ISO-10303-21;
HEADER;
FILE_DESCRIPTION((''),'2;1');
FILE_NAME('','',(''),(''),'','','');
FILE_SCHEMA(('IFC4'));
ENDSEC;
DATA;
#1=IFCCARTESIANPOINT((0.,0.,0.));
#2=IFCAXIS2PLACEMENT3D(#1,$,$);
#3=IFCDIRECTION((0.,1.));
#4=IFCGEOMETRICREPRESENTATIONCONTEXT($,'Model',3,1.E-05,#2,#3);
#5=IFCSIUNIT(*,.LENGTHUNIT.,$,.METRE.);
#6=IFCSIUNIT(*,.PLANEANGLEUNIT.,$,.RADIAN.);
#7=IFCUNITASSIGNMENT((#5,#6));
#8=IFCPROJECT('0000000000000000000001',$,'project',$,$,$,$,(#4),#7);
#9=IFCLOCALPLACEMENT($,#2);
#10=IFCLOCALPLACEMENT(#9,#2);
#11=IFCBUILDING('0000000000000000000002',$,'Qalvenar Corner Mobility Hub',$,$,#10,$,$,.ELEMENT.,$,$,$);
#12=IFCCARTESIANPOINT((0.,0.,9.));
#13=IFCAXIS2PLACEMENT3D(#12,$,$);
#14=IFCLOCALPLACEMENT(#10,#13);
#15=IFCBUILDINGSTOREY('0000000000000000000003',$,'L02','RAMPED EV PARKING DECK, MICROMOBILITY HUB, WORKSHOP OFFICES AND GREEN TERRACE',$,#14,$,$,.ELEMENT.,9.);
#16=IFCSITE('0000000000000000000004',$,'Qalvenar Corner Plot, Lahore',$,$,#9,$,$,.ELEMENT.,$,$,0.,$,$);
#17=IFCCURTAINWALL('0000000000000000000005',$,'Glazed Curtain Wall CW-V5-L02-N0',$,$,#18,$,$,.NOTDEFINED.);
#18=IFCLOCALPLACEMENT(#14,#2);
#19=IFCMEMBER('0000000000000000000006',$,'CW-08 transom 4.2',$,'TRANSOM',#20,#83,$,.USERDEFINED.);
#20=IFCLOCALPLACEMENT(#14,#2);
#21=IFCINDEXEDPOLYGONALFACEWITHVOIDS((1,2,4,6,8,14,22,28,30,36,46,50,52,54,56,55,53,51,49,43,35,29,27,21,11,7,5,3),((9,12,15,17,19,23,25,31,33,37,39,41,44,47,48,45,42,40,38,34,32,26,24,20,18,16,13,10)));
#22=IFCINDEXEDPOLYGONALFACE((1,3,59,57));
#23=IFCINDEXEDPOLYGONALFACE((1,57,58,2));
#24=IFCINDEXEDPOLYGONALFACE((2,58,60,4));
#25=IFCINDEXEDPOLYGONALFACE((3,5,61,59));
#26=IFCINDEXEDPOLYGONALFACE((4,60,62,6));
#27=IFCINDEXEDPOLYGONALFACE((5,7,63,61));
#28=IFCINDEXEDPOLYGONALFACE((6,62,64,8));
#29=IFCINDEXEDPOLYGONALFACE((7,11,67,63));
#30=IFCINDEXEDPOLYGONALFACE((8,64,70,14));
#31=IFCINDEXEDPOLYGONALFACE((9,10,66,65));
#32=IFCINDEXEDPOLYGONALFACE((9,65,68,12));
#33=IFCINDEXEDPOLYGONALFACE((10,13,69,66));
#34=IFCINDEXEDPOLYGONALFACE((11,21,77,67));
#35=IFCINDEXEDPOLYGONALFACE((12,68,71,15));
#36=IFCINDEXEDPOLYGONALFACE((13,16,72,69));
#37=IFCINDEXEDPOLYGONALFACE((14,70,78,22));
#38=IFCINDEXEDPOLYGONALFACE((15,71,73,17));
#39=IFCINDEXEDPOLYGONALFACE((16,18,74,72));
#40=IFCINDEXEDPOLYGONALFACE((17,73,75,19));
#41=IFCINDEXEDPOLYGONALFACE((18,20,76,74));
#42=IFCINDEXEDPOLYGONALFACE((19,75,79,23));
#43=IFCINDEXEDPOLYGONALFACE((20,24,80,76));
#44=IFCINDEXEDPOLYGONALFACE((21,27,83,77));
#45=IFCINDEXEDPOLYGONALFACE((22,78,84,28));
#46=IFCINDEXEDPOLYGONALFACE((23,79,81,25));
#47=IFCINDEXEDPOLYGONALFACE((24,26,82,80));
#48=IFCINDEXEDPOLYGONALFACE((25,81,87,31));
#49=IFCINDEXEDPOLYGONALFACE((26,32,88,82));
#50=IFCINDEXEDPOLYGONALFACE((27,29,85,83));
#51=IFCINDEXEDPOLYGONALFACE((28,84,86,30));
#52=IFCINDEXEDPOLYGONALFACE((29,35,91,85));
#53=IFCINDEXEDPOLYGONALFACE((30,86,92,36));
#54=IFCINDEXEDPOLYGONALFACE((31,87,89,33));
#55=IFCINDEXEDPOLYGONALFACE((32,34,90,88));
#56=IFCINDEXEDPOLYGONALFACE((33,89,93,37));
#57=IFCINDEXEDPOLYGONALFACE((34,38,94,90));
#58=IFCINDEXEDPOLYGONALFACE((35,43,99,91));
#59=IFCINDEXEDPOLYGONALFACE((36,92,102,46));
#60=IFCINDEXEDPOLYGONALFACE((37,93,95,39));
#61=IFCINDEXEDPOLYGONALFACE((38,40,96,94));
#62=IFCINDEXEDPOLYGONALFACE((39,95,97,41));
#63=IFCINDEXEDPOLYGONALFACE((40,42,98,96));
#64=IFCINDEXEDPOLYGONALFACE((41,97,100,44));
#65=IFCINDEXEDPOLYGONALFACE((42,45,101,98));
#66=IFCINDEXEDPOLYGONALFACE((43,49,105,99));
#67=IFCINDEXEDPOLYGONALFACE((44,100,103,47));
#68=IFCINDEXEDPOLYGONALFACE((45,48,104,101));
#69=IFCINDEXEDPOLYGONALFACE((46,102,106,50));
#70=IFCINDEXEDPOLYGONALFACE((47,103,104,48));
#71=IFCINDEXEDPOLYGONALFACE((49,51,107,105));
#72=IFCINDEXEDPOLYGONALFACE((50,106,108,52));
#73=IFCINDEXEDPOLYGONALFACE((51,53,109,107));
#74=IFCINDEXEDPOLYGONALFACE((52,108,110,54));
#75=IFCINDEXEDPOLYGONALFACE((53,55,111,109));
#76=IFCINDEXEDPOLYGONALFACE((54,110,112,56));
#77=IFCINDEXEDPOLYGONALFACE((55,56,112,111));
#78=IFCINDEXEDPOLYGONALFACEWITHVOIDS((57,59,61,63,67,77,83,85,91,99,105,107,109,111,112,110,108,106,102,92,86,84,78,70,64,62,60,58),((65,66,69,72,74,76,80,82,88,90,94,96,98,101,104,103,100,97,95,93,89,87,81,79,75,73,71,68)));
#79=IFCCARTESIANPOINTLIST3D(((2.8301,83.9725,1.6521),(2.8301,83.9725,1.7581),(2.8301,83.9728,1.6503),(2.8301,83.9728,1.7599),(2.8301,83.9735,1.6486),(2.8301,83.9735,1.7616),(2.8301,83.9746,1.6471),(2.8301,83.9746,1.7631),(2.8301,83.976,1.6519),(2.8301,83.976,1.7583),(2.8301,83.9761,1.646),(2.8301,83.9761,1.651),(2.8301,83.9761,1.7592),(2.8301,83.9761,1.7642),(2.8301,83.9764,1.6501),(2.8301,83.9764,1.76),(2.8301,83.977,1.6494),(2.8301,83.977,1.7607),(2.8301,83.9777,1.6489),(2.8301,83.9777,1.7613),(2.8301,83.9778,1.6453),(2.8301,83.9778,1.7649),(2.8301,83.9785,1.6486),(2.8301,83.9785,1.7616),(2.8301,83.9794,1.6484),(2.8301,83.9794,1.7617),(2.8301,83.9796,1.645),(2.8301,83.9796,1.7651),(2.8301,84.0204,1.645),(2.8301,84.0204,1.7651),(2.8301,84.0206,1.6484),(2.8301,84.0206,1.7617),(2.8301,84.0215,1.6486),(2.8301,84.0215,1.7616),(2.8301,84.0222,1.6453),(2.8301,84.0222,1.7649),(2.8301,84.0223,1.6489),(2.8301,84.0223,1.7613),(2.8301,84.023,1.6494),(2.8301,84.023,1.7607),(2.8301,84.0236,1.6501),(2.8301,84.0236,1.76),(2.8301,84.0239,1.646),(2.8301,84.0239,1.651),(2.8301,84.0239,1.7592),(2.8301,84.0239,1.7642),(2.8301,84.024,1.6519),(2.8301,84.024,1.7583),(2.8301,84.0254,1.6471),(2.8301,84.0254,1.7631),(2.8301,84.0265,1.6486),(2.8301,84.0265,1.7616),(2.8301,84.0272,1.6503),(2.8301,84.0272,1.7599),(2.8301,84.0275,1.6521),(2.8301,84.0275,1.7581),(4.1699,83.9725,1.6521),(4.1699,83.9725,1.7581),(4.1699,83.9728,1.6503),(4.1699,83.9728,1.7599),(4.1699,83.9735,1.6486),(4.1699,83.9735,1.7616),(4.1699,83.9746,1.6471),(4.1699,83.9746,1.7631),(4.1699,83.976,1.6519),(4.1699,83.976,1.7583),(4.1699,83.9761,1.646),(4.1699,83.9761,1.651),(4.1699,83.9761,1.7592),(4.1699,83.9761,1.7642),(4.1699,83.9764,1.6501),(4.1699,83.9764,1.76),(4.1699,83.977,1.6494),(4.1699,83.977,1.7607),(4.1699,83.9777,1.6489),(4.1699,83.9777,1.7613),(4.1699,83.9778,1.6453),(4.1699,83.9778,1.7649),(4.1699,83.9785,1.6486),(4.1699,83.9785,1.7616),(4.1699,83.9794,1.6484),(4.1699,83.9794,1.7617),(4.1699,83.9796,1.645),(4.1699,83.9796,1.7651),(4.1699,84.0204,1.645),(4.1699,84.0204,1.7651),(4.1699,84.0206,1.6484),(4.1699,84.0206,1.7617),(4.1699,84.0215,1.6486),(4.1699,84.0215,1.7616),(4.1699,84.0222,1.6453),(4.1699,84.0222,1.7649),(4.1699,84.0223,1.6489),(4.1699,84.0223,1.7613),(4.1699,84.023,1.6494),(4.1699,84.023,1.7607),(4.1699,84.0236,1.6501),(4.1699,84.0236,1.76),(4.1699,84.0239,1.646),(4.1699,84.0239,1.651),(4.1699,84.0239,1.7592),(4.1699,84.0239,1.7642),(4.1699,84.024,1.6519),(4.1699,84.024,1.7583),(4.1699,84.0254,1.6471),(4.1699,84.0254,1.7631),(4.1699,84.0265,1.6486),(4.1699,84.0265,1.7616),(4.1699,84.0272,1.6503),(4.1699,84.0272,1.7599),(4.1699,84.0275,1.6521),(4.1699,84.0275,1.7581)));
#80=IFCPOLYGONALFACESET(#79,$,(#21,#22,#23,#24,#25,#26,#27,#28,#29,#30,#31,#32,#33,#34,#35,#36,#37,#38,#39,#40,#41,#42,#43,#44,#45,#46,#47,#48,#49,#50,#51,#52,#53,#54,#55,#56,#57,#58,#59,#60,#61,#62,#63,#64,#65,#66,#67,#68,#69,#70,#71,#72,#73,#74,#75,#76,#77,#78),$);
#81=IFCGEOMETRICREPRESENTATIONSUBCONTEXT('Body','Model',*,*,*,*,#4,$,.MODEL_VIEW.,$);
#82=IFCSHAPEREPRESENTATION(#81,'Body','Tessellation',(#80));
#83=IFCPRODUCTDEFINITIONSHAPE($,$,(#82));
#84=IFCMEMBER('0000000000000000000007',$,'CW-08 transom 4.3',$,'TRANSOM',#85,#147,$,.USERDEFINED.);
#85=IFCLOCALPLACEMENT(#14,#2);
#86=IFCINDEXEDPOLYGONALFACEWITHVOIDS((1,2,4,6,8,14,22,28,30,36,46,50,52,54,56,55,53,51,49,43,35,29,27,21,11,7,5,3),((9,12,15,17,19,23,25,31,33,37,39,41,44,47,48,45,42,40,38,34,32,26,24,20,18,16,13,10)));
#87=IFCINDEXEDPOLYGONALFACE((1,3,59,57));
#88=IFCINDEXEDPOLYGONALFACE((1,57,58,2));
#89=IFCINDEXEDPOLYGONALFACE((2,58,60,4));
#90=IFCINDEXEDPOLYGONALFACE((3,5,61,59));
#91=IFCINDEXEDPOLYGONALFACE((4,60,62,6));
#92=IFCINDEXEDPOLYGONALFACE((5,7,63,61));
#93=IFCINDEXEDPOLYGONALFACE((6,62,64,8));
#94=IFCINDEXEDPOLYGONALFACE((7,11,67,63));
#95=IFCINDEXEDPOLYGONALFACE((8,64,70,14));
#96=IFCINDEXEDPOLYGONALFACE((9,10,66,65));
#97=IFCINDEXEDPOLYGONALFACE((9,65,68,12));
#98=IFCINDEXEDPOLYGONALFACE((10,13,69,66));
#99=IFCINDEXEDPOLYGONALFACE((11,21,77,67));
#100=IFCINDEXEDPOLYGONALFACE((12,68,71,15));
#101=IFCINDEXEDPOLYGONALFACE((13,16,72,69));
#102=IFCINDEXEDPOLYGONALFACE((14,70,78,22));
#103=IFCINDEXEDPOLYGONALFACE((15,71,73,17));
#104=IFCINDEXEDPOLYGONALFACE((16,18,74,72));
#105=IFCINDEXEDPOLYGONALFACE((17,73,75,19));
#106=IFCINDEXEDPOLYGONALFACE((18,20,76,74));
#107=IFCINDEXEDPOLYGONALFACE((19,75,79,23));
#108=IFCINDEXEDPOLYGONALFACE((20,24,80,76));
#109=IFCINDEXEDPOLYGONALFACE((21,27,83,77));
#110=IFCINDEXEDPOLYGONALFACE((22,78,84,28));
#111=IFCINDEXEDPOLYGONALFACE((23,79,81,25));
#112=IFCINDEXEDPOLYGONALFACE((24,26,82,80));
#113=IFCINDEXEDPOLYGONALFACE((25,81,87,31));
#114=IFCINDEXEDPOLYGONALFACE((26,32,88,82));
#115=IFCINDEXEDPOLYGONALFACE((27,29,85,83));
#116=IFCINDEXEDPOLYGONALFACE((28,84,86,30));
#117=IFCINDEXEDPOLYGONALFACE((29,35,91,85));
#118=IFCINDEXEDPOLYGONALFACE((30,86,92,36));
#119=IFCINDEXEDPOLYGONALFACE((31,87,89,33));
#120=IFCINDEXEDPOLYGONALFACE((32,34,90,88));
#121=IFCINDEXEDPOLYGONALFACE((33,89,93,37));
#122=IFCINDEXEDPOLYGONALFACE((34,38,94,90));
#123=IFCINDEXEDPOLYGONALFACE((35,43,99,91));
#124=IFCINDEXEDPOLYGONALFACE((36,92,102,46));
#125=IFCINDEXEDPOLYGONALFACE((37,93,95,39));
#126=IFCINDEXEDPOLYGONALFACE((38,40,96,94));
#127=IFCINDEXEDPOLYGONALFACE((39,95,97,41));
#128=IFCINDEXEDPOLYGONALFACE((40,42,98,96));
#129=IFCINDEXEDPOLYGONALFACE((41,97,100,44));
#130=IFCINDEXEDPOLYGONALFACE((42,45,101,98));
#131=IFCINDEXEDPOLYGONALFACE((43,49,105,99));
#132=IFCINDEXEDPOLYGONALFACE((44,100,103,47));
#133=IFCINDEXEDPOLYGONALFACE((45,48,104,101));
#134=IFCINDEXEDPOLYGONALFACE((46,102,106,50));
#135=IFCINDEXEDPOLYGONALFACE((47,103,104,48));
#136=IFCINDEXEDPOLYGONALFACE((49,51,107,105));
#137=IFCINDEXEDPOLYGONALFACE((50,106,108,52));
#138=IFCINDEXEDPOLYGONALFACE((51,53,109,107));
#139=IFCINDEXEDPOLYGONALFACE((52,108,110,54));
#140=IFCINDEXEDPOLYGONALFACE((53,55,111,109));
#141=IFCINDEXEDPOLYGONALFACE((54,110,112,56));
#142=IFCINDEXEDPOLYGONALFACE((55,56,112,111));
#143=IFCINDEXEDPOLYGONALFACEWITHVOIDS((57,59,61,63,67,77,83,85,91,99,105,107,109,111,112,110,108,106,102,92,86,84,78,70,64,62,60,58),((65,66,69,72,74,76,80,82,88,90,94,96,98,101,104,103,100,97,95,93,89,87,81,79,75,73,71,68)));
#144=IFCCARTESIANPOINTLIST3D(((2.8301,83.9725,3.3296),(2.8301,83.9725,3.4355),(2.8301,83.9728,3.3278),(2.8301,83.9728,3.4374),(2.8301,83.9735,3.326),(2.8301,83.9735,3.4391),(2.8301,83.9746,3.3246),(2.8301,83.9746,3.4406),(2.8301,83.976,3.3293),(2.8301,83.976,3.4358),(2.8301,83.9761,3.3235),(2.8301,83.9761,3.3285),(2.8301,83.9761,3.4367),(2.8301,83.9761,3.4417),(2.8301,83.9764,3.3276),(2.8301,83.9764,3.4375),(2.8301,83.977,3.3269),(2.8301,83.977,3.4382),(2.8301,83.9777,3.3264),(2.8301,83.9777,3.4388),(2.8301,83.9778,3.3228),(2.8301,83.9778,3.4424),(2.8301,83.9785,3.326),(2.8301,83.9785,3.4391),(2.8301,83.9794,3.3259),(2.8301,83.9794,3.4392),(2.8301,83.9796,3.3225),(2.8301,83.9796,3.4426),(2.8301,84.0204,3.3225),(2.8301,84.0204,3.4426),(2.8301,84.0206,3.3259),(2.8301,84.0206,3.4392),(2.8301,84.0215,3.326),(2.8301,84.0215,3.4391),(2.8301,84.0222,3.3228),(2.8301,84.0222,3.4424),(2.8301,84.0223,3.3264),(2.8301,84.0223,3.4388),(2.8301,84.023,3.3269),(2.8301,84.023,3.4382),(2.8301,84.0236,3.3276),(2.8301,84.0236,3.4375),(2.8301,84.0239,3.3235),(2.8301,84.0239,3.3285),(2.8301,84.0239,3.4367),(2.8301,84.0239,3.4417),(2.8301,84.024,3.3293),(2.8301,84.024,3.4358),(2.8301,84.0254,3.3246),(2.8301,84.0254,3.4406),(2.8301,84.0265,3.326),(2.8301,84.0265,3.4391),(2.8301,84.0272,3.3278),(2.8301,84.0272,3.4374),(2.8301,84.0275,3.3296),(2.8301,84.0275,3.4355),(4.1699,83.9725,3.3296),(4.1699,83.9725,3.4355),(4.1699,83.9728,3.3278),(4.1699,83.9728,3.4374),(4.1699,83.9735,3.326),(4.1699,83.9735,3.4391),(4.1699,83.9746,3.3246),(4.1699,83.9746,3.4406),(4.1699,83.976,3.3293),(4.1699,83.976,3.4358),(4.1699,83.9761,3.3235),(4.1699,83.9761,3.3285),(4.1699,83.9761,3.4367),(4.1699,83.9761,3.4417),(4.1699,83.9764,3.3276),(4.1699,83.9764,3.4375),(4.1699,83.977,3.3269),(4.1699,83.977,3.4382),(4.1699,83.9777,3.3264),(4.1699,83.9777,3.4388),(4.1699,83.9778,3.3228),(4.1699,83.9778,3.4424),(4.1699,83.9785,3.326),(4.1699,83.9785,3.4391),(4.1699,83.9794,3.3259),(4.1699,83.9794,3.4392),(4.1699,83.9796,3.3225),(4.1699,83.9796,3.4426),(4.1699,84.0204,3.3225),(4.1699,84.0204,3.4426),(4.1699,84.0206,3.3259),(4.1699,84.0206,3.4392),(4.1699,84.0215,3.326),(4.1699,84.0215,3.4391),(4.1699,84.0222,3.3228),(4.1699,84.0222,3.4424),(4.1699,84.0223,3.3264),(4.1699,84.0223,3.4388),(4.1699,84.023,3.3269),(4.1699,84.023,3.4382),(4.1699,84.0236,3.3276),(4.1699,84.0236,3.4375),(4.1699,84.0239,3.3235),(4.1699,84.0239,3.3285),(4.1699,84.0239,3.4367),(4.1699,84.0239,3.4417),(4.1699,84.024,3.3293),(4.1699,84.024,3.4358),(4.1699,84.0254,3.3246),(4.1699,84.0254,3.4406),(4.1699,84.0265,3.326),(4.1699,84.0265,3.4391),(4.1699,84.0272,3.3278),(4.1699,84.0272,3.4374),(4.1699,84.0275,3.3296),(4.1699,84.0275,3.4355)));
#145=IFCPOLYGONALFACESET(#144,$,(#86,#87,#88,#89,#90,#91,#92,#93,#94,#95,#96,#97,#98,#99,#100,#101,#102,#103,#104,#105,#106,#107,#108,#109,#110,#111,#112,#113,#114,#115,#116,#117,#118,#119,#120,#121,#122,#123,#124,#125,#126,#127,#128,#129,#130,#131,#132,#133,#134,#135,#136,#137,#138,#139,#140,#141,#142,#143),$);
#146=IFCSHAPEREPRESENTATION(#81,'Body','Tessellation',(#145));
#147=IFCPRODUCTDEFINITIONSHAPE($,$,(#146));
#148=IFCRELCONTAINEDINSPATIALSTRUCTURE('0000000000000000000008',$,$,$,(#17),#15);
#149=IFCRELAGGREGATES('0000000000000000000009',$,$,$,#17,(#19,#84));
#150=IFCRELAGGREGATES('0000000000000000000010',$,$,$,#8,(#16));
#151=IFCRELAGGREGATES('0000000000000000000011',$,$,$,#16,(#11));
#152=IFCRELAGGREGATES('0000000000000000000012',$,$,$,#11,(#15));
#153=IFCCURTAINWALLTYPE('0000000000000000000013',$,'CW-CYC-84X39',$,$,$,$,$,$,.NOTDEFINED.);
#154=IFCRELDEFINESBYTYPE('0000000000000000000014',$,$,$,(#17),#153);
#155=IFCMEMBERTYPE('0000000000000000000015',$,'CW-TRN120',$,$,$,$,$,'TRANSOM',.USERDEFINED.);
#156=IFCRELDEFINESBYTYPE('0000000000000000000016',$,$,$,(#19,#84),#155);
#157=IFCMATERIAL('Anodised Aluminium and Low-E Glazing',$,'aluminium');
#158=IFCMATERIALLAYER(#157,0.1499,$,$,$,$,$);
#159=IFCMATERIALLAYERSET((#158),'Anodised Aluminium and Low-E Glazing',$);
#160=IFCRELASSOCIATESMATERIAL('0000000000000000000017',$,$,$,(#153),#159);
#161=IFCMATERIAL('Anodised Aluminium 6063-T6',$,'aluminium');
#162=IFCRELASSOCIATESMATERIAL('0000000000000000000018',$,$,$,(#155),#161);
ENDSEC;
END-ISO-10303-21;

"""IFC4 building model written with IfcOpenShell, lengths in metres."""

from ifc_helpers import new_model, si_unit, direction, frame, origin, origin_2d, place, context, subcontext, project, spatial, hollow_rectangle, extrude, material, layer, layer_set, material_profile, profile_set, type_object, element, aggregate, save


model = new_model("IFC4")

# Units and contexts
model_context = context("Model", 3, precision=1e-05, world=origin(), true_north=direction((0.0, 1.0)))
body_context = subcontext(model_context, "Body", "Model", "MODEL_VIEW")
ifc_project = project(units=[si_unit("LENGTHUNIT", "METRE"), si_unit("PLANEANGLEUNIT", "RADIAN")], contexts=[model_context])

# Site, building, storey
site_placement = place(None, origin())
site = spatial("IfcSite", under=ifc_project, at=site_placement, Name="Qalvenar Corner Plot, Lahore", CompositionType="ELEMENT", RefElevation=0.0)
building_placement = place(site_placement, origin())
building = spatial("IfcBuilding", under=site, at=building_placement, Name="Qalvenar Corner Mobility Hub", CompositionType="ELEMENT")
storey_placement = place(building_placement, frame((0.0, 0.0, 9.0)))
storey = spatial("IfcBuildingStorey", under=building, at=storey_placement, Name="L02", Description="RAMPED EV PARKING DECK, MICROMOBILITY HUB, WORKSHOP OFFICES AND GREEN TERRACE", CompositionType="ELEMENT", Elevation=9.0)

# Shared definitions
ifc_material_1 = material(Name="Anodised Aluminium and Low-E Glazing", Category="aluminium")
ifc_layer_1 = layer(ifc_material_1, 0.1499)
ifc_layer_set_1 = layer_set([ifc_layer_1], Name="Anodised Aluminium and Low-E Glazing")
curtain_wall_type = type_object("IfcCurtainWallType", Name="CW-CYC-84X39", PredefinedType="NOTDEFINED", material=ifc_layer_set_1)
ifc_material_2 = material(Name="Anodised Aluminium 6063-T6", Category="aluminium")

# Curtain wall
curtain_wall_1_placement = place(storey_placement, origin())
curtain_wall_1 = element("IfcCurtainWall", 1, at=curtain_wall_1_placement, inside=storey, type_object=curtain_wall_type, Name="Glazed Curtain Wall CW-V5-L02-N0", PredefinedType="NOTDEFINED")

# Members
ifc_material_profile_1 = material_profile(ifc_material_2, hollow_rectangle(XDim=0.0549, YDim=0.1201, WallThickness=0.0034, InnerFilletRadius=0.0034, OuterFilletRadius=0.0071, at=origin_2d()), Name="RHS120x55x3.5")
ifc_profile_set_1 = profile_set([ifc_material_profile_1], Name="Anodised Aluminium 6063-T6")
member_type_1 = type_object("IfcMemberType", Name="CW-TRN120", ElementType="TRANSOM", PredefinedType="USERDEFINED", material=ifc_profile_set_1)
member_1_placement = place(storey_placement, frame((4.1699, 84.0, 1.7051), z_axis=(-1.0, 0.0, 0.0), x_axis=(0.0, -1.0, 0.0)))
member_1 = element("IfcMember", 2, at=member_1_placement, type_object=member_type_1, Name="CW-08 transom 4.2", ObjectType="TRANSOM", PredefinedType="USERDEFINED", context=body_context, shape_type="SweptSolid", body=[
    extrude(hollow_rectangle(XDim=0.0549, YDim=0.1201, WallThickness=0.0034, InnerFilletRadius=0.0034, OuterFilletRadius=0.0071, at=origin_2d()), origin(), (0.0, 0.0, 1.0), 1.3398),
])
member_2_placement = place(storey_placement, frame((4.1699, 84.0, 3.3826), z_axis=(-1.0, 0.0, 0.0), x_axis=(0.0, -1.0, 0.0)))
member_2 = element("IfcMember", 3, at=member_2_placement, type_object=member_type_1, Name="CW-08 transom 4.3", ObjectType="TRANSOM", PredefinedType="USERDEFINED", context=body_context, shape_type="SweptSolid", body=[
    extrude(hollow_rectangle(XDim=0.0549, YDim=0.1201, WallThickness=0.0034, InnerFilletRadius=0.0034, OuterFilletRadius=0.0071, at=origin_2d()), origin(), (0.0, 0.0, 1.0), 1.3398),
])

aggregate(curtain_wall_1, [member_1, member_2])

save(model, "model.ifc")
